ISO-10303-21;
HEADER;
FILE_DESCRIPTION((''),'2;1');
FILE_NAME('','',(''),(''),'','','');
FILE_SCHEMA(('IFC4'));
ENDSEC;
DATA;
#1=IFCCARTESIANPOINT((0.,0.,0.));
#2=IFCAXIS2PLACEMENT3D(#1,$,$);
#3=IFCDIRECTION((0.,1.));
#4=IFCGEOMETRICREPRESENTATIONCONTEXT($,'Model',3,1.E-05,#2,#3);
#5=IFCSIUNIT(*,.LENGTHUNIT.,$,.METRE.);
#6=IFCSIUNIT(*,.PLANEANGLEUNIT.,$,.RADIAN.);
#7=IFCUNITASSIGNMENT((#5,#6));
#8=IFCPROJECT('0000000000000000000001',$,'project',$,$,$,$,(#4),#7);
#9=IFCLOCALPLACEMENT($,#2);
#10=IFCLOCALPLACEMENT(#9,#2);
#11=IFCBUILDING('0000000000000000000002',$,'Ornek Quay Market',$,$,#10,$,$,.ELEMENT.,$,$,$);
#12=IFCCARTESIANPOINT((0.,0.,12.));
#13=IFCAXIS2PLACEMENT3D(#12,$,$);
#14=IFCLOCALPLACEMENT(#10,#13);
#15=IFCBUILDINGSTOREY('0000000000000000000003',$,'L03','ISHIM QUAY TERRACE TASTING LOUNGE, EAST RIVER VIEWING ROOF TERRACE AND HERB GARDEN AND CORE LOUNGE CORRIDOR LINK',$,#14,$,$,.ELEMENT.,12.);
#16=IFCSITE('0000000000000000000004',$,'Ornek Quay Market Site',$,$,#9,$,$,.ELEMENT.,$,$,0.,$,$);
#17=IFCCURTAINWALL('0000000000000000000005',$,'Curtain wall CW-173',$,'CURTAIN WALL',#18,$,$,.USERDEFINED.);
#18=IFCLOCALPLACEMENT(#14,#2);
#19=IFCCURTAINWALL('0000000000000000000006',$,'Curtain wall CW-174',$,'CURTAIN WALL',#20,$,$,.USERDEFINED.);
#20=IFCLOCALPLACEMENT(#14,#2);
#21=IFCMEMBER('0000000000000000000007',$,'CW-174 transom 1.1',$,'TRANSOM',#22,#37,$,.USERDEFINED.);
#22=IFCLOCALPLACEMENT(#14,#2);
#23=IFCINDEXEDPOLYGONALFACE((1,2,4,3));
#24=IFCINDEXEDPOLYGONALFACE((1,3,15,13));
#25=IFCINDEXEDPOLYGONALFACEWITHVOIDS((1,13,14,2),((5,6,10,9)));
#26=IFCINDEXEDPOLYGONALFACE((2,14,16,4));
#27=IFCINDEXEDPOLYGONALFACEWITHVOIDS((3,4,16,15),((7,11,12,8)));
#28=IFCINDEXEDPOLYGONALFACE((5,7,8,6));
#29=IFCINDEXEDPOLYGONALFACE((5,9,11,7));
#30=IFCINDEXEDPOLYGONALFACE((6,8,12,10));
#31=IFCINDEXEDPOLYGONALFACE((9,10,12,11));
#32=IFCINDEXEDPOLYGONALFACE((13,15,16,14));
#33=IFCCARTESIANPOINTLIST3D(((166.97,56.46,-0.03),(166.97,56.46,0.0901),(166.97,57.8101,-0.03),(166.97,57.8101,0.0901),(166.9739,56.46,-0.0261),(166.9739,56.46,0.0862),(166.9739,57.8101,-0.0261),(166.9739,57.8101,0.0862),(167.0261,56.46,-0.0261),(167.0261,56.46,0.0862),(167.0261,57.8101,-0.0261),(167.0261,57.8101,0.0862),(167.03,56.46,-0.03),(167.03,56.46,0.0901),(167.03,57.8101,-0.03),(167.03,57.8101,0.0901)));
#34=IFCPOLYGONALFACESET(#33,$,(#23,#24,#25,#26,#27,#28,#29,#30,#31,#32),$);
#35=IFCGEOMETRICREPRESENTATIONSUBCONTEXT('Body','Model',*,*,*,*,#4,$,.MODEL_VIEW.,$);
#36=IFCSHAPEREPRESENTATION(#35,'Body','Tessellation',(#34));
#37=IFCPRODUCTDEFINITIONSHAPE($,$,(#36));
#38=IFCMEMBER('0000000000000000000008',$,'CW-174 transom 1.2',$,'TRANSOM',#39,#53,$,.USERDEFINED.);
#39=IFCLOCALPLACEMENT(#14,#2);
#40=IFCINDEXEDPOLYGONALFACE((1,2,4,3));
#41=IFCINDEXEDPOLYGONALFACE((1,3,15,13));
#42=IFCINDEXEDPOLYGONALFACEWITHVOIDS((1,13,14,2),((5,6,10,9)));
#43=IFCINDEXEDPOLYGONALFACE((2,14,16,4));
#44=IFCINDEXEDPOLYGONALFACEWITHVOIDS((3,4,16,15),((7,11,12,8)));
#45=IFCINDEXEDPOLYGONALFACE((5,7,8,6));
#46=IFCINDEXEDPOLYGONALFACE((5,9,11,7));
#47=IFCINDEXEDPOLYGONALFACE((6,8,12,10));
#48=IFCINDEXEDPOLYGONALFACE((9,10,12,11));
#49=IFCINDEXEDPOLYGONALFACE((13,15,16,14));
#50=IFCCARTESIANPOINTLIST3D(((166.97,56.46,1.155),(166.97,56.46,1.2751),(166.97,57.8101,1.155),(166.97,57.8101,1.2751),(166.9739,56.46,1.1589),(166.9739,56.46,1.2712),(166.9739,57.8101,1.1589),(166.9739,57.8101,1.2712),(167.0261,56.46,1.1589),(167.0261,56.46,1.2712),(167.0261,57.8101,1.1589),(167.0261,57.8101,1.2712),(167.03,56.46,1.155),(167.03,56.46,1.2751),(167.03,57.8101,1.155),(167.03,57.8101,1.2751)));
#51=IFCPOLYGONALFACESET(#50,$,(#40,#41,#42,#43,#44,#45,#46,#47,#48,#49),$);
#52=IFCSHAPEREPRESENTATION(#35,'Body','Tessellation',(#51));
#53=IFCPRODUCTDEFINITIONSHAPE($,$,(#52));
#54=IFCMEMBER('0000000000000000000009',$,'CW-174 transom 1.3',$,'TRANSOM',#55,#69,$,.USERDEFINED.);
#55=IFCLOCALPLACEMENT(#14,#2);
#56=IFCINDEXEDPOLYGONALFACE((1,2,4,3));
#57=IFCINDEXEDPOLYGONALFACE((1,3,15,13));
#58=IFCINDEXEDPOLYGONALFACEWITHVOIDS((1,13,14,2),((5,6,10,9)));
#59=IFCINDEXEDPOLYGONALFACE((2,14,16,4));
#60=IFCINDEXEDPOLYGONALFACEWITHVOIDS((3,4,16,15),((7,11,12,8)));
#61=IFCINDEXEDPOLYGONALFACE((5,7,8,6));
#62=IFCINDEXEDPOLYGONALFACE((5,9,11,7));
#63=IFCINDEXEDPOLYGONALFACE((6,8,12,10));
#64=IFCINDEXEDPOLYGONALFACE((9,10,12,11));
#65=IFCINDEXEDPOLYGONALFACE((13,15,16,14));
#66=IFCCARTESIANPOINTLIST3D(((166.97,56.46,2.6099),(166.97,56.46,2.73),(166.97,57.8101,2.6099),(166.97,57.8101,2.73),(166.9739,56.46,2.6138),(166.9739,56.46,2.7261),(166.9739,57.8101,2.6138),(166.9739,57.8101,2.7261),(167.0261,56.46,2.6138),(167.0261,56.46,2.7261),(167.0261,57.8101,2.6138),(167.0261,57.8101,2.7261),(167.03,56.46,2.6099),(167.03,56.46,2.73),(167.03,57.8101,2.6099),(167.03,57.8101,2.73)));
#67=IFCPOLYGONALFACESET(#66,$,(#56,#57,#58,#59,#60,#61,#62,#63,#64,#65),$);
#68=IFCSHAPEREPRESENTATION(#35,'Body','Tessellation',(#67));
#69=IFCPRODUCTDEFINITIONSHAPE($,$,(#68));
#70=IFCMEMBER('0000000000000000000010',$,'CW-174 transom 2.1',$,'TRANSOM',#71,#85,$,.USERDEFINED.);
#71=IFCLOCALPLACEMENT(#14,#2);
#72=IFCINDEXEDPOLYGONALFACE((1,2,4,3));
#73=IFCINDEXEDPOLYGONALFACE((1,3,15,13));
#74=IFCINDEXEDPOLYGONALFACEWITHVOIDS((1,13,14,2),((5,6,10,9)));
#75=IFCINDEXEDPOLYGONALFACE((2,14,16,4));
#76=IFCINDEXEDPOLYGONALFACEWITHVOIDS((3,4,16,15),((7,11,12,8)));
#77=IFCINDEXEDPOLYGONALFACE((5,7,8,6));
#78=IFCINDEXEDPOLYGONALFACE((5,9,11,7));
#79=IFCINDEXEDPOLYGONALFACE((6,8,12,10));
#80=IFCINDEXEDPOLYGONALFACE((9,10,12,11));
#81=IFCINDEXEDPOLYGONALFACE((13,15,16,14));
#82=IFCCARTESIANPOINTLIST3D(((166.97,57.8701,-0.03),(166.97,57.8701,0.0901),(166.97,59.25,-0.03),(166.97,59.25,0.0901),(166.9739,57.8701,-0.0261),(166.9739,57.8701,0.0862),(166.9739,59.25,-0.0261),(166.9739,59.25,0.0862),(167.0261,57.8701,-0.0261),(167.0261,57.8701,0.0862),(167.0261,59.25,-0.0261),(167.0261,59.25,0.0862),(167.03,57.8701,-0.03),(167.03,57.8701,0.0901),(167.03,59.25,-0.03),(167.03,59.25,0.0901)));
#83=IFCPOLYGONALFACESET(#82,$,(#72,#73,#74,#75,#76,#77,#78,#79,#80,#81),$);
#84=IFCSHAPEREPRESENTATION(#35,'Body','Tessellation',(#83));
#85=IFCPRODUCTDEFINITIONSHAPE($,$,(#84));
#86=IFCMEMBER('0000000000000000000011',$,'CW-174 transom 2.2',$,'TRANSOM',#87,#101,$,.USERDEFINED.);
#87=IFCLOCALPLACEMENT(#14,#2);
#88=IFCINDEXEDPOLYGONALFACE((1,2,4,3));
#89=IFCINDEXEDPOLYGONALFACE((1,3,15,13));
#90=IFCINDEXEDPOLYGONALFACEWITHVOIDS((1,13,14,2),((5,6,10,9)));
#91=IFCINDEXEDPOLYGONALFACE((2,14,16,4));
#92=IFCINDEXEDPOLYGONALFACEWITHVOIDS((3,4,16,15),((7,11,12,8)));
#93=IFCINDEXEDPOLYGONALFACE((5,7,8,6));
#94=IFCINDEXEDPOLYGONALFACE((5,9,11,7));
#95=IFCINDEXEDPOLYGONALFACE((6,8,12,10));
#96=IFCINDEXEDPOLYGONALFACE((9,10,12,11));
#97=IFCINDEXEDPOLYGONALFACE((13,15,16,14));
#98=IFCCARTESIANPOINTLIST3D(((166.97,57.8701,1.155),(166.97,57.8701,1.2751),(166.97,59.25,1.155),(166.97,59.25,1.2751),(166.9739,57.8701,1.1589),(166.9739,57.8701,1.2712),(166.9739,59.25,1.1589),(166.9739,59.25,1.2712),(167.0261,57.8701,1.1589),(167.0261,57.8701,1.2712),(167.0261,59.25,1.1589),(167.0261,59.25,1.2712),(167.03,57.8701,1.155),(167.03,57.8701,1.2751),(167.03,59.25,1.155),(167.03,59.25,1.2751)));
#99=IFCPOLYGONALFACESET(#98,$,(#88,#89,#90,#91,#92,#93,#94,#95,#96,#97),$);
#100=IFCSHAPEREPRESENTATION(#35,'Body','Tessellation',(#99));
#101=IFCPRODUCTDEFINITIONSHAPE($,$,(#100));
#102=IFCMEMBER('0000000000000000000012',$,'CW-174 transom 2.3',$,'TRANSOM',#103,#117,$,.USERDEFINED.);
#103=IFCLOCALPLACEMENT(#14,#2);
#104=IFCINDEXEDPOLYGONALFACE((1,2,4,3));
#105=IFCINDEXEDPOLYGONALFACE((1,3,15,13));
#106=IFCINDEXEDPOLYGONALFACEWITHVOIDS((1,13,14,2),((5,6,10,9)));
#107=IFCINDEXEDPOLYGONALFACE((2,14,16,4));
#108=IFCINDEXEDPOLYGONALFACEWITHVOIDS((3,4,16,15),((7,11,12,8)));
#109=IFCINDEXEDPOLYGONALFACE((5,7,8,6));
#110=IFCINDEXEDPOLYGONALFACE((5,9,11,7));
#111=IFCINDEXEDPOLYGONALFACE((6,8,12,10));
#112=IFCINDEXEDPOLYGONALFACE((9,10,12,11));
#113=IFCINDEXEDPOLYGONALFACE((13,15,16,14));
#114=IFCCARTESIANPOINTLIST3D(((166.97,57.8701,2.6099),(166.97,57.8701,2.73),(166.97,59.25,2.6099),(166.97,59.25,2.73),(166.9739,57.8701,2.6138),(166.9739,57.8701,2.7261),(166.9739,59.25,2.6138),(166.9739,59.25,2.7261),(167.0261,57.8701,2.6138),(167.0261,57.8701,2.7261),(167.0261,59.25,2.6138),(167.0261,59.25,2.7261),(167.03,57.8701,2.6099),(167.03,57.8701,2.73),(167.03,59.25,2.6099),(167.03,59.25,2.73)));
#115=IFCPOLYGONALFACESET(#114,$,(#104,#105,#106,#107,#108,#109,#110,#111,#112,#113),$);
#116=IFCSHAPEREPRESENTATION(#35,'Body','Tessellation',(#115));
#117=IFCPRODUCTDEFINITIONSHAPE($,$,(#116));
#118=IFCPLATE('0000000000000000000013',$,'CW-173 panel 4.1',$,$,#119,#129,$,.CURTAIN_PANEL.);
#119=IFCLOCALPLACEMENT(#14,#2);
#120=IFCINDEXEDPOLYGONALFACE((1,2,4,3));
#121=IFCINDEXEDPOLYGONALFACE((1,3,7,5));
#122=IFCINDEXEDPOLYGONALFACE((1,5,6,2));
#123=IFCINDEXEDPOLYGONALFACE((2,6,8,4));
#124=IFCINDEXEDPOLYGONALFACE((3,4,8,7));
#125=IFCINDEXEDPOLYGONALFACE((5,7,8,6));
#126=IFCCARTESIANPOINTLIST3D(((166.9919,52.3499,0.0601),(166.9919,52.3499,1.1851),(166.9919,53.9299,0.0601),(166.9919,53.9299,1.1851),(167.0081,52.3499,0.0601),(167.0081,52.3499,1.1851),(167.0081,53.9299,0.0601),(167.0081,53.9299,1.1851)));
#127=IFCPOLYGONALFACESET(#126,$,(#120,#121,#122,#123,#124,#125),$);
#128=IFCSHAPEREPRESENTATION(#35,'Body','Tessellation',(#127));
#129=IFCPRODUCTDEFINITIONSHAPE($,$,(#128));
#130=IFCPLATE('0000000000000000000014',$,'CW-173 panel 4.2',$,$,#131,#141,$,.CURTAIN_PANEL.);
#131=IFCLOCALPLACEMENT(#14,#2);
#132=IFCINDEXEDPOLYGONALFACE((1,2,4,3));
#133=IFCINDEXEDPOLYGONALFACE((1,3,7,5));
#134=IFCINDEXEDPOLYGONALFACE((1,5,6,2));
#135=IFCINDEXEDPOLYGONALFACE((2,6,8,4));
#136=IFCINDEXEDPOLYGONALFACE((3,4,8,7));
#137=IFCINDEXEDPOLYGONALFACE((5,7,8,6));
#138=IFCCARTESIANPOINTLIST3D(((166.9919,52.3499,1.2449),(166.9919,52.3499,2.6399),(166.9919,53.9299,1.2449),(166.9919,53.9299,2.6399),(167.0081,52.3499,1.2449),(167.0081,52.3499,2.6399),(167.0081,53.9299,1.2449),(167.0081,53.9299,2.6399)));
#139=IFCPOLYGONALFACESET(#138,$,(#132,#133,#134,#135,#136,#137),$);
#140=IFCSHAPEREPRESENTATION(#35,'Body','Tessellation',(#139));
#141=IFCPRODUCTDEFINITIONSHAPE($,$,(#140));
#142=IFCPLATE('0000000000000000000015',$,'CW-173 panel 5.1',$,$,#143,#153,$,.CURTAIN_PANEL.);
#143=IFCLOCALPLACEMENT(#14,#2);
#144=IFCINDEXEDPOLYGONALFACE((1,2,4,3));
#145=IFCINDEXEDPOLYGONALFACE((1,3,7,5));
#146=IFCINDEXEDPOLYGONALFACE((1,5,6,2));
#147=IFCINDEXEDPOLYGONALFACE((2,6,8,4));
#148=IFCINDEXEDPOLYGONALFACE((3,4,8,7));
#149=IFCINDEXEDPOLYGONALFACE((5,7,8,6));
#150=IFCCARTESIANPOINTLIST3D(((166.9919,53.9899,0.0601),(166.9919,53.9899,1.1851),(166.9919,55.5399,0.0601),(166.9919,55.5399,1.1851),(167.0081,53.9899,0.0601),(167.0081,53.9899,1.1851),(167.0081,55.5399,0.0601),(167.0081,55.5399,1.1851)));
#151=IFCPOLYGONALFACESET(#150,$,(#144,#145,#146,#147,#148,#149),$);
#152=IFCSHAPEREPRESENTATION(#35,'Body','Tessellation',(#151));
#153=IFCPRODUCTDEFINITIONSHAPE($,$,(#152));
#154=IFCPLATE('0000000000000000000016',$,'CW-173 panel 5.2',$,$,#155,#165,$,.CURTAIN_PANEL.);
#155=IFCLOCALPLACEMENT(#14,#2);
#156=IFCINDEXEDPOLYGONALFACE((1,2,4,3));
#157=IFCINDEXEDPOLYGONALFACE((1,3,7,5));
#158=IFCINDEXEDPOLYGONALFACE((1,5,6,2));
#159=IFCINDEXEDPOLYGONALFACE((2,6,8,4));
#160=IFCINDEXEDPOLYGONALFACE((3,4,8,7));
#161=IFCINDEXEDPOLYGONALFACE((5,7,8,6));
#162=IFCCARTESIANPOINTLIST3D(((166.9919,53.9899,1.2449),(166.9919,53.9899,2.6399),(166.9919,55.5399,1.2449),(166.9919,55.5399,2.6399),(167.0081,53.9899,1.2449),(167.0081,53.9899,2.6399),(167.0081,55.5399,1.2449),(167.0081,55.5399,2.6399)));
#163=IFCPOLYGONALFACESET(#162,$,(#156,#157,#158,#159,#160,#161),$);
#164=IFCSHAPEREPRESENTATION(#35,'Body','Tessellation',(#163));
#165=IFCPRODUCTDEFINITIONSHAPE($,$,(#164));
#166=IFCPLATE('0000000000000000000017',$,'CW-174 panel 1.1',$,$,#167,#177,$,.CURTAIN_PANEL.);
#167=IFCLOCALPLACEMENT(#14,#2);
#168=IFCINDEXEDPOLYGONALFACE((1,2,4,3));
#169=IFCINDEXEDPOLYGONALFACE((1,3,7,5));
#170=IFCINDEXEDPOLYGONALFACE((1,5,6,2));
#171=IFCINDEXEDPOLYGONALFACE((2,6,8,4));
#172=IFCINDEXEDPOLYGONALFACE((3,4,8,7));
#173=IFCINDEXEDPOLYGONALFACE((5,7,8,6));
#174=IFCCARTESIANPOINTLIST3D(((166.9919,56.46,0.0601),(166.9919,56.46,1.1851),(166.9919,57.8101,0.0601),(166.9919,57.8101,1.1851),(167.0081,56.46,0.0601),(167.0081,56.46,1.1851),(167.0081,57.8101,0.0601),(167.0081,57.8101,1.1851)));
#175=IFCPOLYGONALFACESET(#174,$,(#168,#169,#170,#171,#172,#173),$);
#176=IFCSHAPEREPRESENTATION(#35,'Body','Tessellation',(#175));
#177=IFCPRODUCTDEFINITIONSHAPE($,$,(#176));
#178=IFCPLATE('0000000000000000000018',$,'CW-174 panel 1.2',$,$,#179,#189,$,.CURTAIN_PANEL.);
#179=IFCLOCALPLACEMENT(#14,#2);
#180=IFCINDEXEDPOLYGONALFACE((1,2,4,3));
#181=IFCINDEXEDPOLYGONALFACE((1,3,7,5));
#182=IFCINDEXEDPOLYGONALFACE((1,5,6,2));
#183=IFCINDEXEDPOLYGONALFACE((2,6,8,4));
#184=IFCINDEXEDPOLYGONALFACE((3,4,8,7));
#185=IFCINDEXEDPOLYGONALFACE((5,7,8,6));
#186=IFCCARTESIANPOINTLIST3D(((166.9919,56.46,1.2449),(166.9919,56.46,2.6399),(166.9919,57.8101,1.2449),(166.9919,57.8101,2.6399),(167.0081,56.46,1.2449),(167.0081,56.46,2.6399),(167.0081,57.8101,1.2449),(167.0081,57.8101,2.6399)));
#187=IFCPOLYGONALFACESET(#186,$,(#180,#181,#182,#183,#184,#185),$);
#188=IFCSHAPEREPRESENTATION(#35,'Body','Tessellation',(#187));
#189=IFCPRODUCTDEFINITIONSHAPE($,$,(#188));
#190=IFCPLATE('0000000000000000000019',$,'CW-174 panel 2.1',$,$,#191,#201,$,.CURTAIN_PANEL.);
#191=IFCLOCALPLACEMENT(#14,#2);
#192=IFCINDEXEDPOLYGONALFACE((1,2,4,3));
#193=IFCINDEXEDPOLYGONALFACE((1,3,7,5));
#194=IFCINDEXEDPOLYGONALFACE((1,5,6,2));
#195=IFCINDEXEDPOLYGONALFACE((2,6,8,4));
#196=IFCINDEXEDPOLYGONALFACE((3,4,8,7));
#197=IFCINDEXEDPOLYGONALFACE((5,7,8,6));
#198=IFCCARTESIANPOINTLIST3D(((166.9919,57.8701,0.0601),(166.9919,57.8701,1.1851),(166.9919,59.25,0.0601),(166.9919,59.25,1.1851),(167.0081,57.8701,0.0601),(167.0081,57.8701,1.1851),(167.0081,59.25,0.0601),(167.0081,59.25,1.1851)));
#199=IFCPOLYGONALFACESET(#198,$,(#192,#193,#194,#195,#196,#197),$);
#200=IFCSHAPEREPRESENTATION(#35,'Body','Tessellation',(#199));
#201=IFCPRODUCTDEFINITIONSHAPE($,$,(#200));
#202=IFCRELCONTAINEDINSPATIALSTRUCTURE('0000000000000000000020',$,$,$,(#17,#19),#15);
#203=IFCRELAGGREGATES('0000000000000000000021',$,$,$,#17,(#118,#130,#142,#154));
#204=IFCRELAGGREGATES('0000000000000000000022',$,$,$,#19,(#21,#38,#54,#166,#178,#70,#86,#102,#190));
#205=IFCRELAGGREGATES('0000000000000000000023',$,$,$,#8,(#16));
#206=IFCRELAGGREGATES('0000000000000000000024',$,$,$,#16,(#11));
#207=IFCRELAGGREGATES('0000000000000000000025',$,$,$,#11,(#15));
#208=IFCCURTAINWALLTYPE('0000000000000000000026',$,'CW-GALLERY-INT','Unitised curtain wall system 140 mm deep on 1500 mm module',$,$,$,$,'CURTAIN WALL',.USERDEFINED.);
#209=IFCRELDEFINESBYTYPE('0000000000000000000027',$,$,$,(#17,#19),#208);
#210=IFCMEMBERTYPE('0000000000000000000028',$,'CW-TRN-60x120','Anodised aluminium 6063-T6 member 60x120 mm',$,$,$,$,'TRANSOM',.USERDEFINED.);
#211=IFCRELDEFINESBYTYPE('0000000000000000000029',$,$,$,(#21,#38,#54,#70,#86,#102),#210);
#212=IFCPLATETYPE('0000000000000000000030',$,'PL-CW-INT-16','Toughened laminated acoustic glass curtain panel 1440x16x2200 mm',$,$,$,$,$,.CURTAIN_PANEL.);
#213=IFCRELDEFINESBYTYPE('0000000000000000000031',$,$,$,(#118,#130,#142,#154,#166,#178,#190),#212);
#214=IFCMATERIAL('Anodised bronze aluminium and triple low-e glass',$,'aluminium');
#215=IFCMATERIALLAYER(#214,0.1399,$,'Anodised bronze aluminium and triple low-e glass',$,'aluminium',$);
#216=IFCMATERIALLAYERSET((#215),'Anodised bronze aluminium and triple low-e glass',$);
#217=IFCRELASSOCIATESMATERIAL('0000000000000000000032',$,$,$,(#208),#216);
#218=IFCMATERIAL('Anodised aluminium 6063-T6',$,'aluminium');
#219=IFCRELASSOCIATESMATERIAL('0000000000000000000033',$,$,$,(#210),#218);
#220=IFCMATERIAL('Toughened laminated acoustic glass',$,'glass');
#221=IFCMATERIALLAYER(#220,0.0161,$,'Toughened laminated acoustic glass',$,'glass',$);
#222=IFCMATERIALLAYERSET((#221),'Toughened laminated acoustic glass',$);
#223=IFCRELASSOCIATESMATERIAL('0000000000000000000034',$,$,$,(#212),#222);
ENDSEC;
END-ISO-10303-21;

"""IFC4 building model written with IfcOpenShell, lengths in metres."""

from ifc_helpers import new_model, si_unit, direction, frame, origin, origin_2d, place, context, subcontext, project, spatial, rectangle, hollow_rectangle, extrude, material, layer, layer_set, material_profile, profile_set, type_object, element, aggregate, save


model = new_model("IFC4")

# Units and contexts
model_context = context("Model", 3, precision=1e-05, world=origin(), true_north=direction((0.0, 1.0)))
body_context = subcontext(model_context, "Body", "Model", "MODEL_VIEW")
ifc_project = project(units=[si_unit("LENGTHUNIT", "METRE"), si_unit("PLANEANGLEUNIT", "RADIAN")], contexts=[model_context])

# Site, building, storey
site_placement = place(None, origin())
site = spatial("IfcSite", under=ifc_project, at=site_placement, Name="Ornek Quay Market Site", CompositionType="ELEMENT", RefElevation=0.0)
building_placement = place(site_placement, origin())
building = spatial("IfcBuilding", under=site, at=building_placement, Name="Ornek Quay Market", CompositionType="ELEMENT")
storey_placement = place(building_placement, frame((0.0, 0.0, 12.0)))
storey = spatial("IfcBuildingStorey", under=building, at=storey_placement, Name="L03", Description="ISHIM QUAY TERRACE TASTING LOUNGE, EAST RIVER VIEWING ROOF TERRACE AND HERB GARDEN AND CORE LOUNGE CORRIDOR LINK", CompositionType="ELEMENT", Elevation=12.0)

# Curtain walls
ifc_material_1 = material(Name="Anodised bronze aluminium and triple low-e glass", Category="aluminium")
ifc_layer_1 = layer(ifc_material_1, 0.1399, Name="Anodised bronze aluminium and triple low-e glass", Category="aluminium")
ifc_layer_set_1 = layer_set([ifc_layer_1], Name="Anodised bronze aluminium and triple low-e glass")
curtain_wall_type_1 = type_object("IfcCurtainWallType", Name="CW-GALLERY-INT", Description="Unitised curtain wall system 140 mm deep on 1500 mm module", ElementType="CURTAIN WALL", PredefinedType="USERDEFINED", material=ifc_layer_set_1)
curtain_wall_1_placement = place(storey_placement, origin())
curtain_wall_1 = element("IfcCurtainWall", 1, at=curtain_wall_1_placement, inside=storey, type_object=curtain_wall_type_1, Name="Curtain wall CW-173", ObjectType="CURTAIN WALL", PredefinedType="USERDEFINED")
ifc_material_2 = material(Name="Anodised aluminium 6063-T6", Category="aluminium")
curtain_wall_2_placement = place(storey_placement, origin())
curtain_wall_2 = element("IfcCurtainWall", 2, at=curtain_wall_2_placement, inside=storey, type_object=curtain_wall_type_1, Name="Curtain wall CW-174", ObjectType="CURTAIN WALL", PredefinedType="USERDEFINED")

# Members
ifc_material_profile_1 = material_profile(ifc_material_2, hollow_rectangle(XDim=0.0601, YDim=0.1201, WallThickness=0.0039, at=origin_2d()), Name="CW-TRN-60x120", Category="aluminium")
ifc_profile_set_1 = profile_set([ifc_material_profile_1], Name="Anodised aluminium 6063-T6")
member_type_1 = type_object("IfcMemberType", Name="CW-TRN-60x120", Description="Anodised aluminium 6063-T6 member 60x120 mm", ElementType="TRANSOM", PredefinedType="USERDEFINED", material=ifc_profile_set_1)
member_1_placement = place(storey_placement, frame((167.0, 56.46, 0.03), z_axis=(0.0, 1.0, 0.0), x_axis=(-1.0, 0.0, 0.0)))
member_1 = element("IfcMember", 3, at=member_1_placement, type_object=member_type_1, Name="CW-174 transom 1.1", ObjectType="TRANSOM", PredefinedType="USERDEFINED", context=body_context, shape_type="SweptSolid", body=[
    extrude(hollow_rectangle(XDim=0.0601, YDim=0.1201, WallThickness=0.0039, at=origin_2d()), origin(), (0.0, 0.0, 1.0), 1.3501),
])
member_2_placement = place(storey_placement, frame((167.0, 56.46, 1.2151), z_axis=(0.0, 1.0, 0.0), x_axis=(-1.0, 0.0, 0.0)))
member_2 = element("IfcMember", 4, at=member_2_placement, type_object=member_type_1, Name="CW-174 transom 1.2", ObjectType="TRANSOM", PredefinedType="USERDEFINED", context=body_context, shape_type="SweptSolid", body=[
    extrude(hollow_rectangle(XDim=0.0601, YDim=0.1201, WallThickness=0.0039, at=origin_2d()), origin(), (0.0, 0.0, 1.0), 1.3501),
])
member_3_placement = place(storey_placement, frame((167.0, 56.46, 2.6699), z_axis=(0.0, 1.0, 0.0), x_axis=(-1.0, 0.0, 0.0)))
member_3 = element("IfcMember", 5, at=member_3_placement, type_object=member_type_1, Name="CW-174 transom 1.3", ObjectType="TRANSOM", PredefinedType="USERDEFINED", context=body_context, shape_type="SweptSolid", body=[
    extrude(hollow_rectangle(XDim=0.0601, YDim=0.1201, WallThickness=0.0039, at=origin_2d()), origin(), (0.0, 0.0, 1.0), 1.3501),
])
member_4_placement = place(storey_placement, frame((167.0, 57.8701, 0.03), z_axis=(0.0, 1.0, 0.0), x_axis=(-1.0, 0.0, 0.0)))
member_4 = element("IfcMember", 6, at=member_4_placement, type_object=member_type_1, Name="CW-174 transom 2.1", ObjectType="TRANSOM", PredefinedType="USERDEFINED", context=body_context, shape_type="SweptSolid", body=[
    extrude(hollow_rectangle(XDim=0.0601, YDim=0.1201, WallThickness=0.0039, at=origin_2d()), origin(), (0.0, 0.0, 1.0), 1.3799),
])
member_5_placement = place(storey_placement, frame((167.0, 57.8701, 1.2151), z_axis=(0.0, 1.0, 0.0), x_axis=(-1.0, 0.0, 0.0)))
member_5 = element("IfcMember", 7, at=member_5_placement, type_object=member_type_1, Name="CW-174 transom 2.2", ObjectType="TRANSOM", PredefinedType="USERDEFINED", context=body_context, shape_type="SweptSolid", body=[
    extrude(hollow_rectangle(XDim=0.0601, YDim=0.1201, WallThickness=0.0039, at=origin_2d()), origin(), (0.0, 0.0, 1.0), 1.3799),
])
member_6_placement = place(storey_placement, frame((167.0, 57.8701, 2.6699), z_axis=(0.0, 1.0, 0.0), x_axis=(-1.0, 0.0, 0.0)))
member_6 = element("IfcMember", 8, at=member_6_placement, type_object=member_type_1, Name="CW-174 transom 2.3", ObjectType="TRANSOM", PredefinedType="USERDEFINED", context=body_context, shape_type="SweptSolid", body=[
    extrude(hollow_rectangle(XDim=0.0601, YDim=0.1201, WallThickness=0.0039, at=origin_2d()), origin(), (0.0, 0.0, 1.0), 1.3799),
])

# Plates
ifc_material_3 = material(Name="Toughened laminated acoustic glass", Category="glass")
ifc_layer_2 = layer(ifc_material_3, 0.0161, Name="Toughened laminated acoustic glass", Category="glass")
ifc_layer_set_2 = layer_set([ifc_layer_2], Name="Toughened laminated acoustic glass")
plate_type_1 = type_object("IfcPlateType", Name="PL-CW-INT-16", Description="Toughened laminated acoustic glass curtain panel 1440x16x2200 mm", PredefinedType="CURTAIN_PANEL", material=ifc_layer_set_2)
plate_1_placement = place(storey_placement, frame((167.0, 53.1399, 0.0601), z_axis=(0.0, 0.0, 1.0), x_axis=(0.0, 1.0, 0.0)))
plate_1 = element("IfcPlate", 9, at=plate_1_placement, type_object=plate_type_1, Name="CW-173 panel 4.1", PredefinedType="CURTAIN_PANEL", context=body_context, shape_type="SweptSolid", body=[
    extrude(rectangle(XDim=1.5801, YDim=0.0161, at=origin_2d()), origin(), (0.0, 0.0, 1.0), 1.125),
])
plate_2_placement = place(storey_placement, frame((167.0, 53.1399, 1.2449), z_axis=(0.0, 0.0, 1.0), x_axis=(0.0, 1.0, 0.0)))
plate_2 = element("IfcPlate", 10, at=plate_2_placement, type_object=plate_type_1, Name="CW-173 panel 4.2", PredefinedType="CURTAIN_PANEL", context=body_context, shape_type="SweptSolid", body=[
    extrude(rectangle(XDim=1.5801, YDim=0.0161, at=origin_2d()), origin(), (0.0, 0.0, 1.0), 1.395),
])
plate_3_placement = place(storey_placement, frame((167.0, 54.7649, 0.0601), z_axis=(0.0, 0.0, 1.0), x_axis=(0.0, 1.0, 0.0)))
plate_3 = element("IfcPlate", 11, at=plate_3_placement, type_object=plate_type_1, Name="CW-173 panel 5.1", PredefinedType="CURTAIN_PANEL", context=body_context, shape_type="SweptSolid", body=[
    extrude(rectangle(XDim=1.55, YDim=0.0161, at=origin_2d()), origin(), (0.0, 0.0, 1.0), 1.125),
])
plate_4_placement = place(storey_placement, frame((167.0, 54.7649, 1.2449), z_axis=(0.0, 0.0, 1.0), x_axis=(0.0, 1.0, 0.0)))
plate_4 = element("IfcPlate", 12, at=plate_4_placement, type_object=plate_type_1, Name="CW-173 panel 5.2", PredefinedType="CURTAIN_PANEL", context=body_context, shape_type="SweptSolid", body=[
    extrude(rectangle(XDim=1.55, YDim=0.0161, at=origin_2d()), origin(), (0.0, 0.0, 1.0), 1.395),
])
aggregate(curtain_wall_1, [plate_1, plate_2, plate_3, plate_4])
plate_5_placement = place(storey_placement, frame((167.0, 57.135, 0.0601), z_axis=(0.0, 0.0, 1.0), x_axis=(0.0, 1.0, 0.0)))
plate_5 = element("IfcPlate", 13, at=plate_5_placement, type_object=plate_type_1, Name="CW-174 panel 1.1", PredefinedType="CURTAIN_PANEL", context=body_context, shape_type="SweptSolid", body=[
    extrude(rectangle(XDim=1.3501, YDim=0.0161, at=origin_2d()), origin(), (0.0, 0.0, 1.0), 1.125),
])
plate_6_placement = place(storey_placement, frame((167.0, 57.135, 1.2449), z_axis=(0.0, 0.0, 1.0), x_axis=(0.0, 1.0, 0.0)))
plate_6 = element("IfcPlate", 14, at=plate_6_placement, type_object=plate_type_1, Name="CW-174 panel 1.2", PredefinedType="CURTAIN_PANEL", context=body_context, shape_type="SweptSolid", body=[
    extrude(rectangle(XDim=1.3501, YDim=0.0161, at=origin_2d()), origin(), (0.0, 0.0, 1.0), 1.395),
])
plate_7_placement = place(storey_placement, frame((167.0, 58.5601, 0.0601), z_axis=(0.0, 0.0, 1.0), x_axis=(0.0, 1.0, 0.0)))
plate_7 = element("IfcPlate", 15, at=plate_7_placement, type_object=plate_type_1, Name="CW-174 panel 2.1", PredefinedType="CURTAIN_PANEL", context=body_context, shape_type="SweptSolid", body=[
    extrude(rectangle(XDim=1.3799, YDim=0.0161, at=origin_2d()), origin(), (0.0, 0.0, 1.0), 1.125),
])
aggregate(curtain_wall_2, [member_1, member_2, member_3, plate_5, plate_6, member_4, member_5, member_6, plate_7])

save(model, "model.ifc")
